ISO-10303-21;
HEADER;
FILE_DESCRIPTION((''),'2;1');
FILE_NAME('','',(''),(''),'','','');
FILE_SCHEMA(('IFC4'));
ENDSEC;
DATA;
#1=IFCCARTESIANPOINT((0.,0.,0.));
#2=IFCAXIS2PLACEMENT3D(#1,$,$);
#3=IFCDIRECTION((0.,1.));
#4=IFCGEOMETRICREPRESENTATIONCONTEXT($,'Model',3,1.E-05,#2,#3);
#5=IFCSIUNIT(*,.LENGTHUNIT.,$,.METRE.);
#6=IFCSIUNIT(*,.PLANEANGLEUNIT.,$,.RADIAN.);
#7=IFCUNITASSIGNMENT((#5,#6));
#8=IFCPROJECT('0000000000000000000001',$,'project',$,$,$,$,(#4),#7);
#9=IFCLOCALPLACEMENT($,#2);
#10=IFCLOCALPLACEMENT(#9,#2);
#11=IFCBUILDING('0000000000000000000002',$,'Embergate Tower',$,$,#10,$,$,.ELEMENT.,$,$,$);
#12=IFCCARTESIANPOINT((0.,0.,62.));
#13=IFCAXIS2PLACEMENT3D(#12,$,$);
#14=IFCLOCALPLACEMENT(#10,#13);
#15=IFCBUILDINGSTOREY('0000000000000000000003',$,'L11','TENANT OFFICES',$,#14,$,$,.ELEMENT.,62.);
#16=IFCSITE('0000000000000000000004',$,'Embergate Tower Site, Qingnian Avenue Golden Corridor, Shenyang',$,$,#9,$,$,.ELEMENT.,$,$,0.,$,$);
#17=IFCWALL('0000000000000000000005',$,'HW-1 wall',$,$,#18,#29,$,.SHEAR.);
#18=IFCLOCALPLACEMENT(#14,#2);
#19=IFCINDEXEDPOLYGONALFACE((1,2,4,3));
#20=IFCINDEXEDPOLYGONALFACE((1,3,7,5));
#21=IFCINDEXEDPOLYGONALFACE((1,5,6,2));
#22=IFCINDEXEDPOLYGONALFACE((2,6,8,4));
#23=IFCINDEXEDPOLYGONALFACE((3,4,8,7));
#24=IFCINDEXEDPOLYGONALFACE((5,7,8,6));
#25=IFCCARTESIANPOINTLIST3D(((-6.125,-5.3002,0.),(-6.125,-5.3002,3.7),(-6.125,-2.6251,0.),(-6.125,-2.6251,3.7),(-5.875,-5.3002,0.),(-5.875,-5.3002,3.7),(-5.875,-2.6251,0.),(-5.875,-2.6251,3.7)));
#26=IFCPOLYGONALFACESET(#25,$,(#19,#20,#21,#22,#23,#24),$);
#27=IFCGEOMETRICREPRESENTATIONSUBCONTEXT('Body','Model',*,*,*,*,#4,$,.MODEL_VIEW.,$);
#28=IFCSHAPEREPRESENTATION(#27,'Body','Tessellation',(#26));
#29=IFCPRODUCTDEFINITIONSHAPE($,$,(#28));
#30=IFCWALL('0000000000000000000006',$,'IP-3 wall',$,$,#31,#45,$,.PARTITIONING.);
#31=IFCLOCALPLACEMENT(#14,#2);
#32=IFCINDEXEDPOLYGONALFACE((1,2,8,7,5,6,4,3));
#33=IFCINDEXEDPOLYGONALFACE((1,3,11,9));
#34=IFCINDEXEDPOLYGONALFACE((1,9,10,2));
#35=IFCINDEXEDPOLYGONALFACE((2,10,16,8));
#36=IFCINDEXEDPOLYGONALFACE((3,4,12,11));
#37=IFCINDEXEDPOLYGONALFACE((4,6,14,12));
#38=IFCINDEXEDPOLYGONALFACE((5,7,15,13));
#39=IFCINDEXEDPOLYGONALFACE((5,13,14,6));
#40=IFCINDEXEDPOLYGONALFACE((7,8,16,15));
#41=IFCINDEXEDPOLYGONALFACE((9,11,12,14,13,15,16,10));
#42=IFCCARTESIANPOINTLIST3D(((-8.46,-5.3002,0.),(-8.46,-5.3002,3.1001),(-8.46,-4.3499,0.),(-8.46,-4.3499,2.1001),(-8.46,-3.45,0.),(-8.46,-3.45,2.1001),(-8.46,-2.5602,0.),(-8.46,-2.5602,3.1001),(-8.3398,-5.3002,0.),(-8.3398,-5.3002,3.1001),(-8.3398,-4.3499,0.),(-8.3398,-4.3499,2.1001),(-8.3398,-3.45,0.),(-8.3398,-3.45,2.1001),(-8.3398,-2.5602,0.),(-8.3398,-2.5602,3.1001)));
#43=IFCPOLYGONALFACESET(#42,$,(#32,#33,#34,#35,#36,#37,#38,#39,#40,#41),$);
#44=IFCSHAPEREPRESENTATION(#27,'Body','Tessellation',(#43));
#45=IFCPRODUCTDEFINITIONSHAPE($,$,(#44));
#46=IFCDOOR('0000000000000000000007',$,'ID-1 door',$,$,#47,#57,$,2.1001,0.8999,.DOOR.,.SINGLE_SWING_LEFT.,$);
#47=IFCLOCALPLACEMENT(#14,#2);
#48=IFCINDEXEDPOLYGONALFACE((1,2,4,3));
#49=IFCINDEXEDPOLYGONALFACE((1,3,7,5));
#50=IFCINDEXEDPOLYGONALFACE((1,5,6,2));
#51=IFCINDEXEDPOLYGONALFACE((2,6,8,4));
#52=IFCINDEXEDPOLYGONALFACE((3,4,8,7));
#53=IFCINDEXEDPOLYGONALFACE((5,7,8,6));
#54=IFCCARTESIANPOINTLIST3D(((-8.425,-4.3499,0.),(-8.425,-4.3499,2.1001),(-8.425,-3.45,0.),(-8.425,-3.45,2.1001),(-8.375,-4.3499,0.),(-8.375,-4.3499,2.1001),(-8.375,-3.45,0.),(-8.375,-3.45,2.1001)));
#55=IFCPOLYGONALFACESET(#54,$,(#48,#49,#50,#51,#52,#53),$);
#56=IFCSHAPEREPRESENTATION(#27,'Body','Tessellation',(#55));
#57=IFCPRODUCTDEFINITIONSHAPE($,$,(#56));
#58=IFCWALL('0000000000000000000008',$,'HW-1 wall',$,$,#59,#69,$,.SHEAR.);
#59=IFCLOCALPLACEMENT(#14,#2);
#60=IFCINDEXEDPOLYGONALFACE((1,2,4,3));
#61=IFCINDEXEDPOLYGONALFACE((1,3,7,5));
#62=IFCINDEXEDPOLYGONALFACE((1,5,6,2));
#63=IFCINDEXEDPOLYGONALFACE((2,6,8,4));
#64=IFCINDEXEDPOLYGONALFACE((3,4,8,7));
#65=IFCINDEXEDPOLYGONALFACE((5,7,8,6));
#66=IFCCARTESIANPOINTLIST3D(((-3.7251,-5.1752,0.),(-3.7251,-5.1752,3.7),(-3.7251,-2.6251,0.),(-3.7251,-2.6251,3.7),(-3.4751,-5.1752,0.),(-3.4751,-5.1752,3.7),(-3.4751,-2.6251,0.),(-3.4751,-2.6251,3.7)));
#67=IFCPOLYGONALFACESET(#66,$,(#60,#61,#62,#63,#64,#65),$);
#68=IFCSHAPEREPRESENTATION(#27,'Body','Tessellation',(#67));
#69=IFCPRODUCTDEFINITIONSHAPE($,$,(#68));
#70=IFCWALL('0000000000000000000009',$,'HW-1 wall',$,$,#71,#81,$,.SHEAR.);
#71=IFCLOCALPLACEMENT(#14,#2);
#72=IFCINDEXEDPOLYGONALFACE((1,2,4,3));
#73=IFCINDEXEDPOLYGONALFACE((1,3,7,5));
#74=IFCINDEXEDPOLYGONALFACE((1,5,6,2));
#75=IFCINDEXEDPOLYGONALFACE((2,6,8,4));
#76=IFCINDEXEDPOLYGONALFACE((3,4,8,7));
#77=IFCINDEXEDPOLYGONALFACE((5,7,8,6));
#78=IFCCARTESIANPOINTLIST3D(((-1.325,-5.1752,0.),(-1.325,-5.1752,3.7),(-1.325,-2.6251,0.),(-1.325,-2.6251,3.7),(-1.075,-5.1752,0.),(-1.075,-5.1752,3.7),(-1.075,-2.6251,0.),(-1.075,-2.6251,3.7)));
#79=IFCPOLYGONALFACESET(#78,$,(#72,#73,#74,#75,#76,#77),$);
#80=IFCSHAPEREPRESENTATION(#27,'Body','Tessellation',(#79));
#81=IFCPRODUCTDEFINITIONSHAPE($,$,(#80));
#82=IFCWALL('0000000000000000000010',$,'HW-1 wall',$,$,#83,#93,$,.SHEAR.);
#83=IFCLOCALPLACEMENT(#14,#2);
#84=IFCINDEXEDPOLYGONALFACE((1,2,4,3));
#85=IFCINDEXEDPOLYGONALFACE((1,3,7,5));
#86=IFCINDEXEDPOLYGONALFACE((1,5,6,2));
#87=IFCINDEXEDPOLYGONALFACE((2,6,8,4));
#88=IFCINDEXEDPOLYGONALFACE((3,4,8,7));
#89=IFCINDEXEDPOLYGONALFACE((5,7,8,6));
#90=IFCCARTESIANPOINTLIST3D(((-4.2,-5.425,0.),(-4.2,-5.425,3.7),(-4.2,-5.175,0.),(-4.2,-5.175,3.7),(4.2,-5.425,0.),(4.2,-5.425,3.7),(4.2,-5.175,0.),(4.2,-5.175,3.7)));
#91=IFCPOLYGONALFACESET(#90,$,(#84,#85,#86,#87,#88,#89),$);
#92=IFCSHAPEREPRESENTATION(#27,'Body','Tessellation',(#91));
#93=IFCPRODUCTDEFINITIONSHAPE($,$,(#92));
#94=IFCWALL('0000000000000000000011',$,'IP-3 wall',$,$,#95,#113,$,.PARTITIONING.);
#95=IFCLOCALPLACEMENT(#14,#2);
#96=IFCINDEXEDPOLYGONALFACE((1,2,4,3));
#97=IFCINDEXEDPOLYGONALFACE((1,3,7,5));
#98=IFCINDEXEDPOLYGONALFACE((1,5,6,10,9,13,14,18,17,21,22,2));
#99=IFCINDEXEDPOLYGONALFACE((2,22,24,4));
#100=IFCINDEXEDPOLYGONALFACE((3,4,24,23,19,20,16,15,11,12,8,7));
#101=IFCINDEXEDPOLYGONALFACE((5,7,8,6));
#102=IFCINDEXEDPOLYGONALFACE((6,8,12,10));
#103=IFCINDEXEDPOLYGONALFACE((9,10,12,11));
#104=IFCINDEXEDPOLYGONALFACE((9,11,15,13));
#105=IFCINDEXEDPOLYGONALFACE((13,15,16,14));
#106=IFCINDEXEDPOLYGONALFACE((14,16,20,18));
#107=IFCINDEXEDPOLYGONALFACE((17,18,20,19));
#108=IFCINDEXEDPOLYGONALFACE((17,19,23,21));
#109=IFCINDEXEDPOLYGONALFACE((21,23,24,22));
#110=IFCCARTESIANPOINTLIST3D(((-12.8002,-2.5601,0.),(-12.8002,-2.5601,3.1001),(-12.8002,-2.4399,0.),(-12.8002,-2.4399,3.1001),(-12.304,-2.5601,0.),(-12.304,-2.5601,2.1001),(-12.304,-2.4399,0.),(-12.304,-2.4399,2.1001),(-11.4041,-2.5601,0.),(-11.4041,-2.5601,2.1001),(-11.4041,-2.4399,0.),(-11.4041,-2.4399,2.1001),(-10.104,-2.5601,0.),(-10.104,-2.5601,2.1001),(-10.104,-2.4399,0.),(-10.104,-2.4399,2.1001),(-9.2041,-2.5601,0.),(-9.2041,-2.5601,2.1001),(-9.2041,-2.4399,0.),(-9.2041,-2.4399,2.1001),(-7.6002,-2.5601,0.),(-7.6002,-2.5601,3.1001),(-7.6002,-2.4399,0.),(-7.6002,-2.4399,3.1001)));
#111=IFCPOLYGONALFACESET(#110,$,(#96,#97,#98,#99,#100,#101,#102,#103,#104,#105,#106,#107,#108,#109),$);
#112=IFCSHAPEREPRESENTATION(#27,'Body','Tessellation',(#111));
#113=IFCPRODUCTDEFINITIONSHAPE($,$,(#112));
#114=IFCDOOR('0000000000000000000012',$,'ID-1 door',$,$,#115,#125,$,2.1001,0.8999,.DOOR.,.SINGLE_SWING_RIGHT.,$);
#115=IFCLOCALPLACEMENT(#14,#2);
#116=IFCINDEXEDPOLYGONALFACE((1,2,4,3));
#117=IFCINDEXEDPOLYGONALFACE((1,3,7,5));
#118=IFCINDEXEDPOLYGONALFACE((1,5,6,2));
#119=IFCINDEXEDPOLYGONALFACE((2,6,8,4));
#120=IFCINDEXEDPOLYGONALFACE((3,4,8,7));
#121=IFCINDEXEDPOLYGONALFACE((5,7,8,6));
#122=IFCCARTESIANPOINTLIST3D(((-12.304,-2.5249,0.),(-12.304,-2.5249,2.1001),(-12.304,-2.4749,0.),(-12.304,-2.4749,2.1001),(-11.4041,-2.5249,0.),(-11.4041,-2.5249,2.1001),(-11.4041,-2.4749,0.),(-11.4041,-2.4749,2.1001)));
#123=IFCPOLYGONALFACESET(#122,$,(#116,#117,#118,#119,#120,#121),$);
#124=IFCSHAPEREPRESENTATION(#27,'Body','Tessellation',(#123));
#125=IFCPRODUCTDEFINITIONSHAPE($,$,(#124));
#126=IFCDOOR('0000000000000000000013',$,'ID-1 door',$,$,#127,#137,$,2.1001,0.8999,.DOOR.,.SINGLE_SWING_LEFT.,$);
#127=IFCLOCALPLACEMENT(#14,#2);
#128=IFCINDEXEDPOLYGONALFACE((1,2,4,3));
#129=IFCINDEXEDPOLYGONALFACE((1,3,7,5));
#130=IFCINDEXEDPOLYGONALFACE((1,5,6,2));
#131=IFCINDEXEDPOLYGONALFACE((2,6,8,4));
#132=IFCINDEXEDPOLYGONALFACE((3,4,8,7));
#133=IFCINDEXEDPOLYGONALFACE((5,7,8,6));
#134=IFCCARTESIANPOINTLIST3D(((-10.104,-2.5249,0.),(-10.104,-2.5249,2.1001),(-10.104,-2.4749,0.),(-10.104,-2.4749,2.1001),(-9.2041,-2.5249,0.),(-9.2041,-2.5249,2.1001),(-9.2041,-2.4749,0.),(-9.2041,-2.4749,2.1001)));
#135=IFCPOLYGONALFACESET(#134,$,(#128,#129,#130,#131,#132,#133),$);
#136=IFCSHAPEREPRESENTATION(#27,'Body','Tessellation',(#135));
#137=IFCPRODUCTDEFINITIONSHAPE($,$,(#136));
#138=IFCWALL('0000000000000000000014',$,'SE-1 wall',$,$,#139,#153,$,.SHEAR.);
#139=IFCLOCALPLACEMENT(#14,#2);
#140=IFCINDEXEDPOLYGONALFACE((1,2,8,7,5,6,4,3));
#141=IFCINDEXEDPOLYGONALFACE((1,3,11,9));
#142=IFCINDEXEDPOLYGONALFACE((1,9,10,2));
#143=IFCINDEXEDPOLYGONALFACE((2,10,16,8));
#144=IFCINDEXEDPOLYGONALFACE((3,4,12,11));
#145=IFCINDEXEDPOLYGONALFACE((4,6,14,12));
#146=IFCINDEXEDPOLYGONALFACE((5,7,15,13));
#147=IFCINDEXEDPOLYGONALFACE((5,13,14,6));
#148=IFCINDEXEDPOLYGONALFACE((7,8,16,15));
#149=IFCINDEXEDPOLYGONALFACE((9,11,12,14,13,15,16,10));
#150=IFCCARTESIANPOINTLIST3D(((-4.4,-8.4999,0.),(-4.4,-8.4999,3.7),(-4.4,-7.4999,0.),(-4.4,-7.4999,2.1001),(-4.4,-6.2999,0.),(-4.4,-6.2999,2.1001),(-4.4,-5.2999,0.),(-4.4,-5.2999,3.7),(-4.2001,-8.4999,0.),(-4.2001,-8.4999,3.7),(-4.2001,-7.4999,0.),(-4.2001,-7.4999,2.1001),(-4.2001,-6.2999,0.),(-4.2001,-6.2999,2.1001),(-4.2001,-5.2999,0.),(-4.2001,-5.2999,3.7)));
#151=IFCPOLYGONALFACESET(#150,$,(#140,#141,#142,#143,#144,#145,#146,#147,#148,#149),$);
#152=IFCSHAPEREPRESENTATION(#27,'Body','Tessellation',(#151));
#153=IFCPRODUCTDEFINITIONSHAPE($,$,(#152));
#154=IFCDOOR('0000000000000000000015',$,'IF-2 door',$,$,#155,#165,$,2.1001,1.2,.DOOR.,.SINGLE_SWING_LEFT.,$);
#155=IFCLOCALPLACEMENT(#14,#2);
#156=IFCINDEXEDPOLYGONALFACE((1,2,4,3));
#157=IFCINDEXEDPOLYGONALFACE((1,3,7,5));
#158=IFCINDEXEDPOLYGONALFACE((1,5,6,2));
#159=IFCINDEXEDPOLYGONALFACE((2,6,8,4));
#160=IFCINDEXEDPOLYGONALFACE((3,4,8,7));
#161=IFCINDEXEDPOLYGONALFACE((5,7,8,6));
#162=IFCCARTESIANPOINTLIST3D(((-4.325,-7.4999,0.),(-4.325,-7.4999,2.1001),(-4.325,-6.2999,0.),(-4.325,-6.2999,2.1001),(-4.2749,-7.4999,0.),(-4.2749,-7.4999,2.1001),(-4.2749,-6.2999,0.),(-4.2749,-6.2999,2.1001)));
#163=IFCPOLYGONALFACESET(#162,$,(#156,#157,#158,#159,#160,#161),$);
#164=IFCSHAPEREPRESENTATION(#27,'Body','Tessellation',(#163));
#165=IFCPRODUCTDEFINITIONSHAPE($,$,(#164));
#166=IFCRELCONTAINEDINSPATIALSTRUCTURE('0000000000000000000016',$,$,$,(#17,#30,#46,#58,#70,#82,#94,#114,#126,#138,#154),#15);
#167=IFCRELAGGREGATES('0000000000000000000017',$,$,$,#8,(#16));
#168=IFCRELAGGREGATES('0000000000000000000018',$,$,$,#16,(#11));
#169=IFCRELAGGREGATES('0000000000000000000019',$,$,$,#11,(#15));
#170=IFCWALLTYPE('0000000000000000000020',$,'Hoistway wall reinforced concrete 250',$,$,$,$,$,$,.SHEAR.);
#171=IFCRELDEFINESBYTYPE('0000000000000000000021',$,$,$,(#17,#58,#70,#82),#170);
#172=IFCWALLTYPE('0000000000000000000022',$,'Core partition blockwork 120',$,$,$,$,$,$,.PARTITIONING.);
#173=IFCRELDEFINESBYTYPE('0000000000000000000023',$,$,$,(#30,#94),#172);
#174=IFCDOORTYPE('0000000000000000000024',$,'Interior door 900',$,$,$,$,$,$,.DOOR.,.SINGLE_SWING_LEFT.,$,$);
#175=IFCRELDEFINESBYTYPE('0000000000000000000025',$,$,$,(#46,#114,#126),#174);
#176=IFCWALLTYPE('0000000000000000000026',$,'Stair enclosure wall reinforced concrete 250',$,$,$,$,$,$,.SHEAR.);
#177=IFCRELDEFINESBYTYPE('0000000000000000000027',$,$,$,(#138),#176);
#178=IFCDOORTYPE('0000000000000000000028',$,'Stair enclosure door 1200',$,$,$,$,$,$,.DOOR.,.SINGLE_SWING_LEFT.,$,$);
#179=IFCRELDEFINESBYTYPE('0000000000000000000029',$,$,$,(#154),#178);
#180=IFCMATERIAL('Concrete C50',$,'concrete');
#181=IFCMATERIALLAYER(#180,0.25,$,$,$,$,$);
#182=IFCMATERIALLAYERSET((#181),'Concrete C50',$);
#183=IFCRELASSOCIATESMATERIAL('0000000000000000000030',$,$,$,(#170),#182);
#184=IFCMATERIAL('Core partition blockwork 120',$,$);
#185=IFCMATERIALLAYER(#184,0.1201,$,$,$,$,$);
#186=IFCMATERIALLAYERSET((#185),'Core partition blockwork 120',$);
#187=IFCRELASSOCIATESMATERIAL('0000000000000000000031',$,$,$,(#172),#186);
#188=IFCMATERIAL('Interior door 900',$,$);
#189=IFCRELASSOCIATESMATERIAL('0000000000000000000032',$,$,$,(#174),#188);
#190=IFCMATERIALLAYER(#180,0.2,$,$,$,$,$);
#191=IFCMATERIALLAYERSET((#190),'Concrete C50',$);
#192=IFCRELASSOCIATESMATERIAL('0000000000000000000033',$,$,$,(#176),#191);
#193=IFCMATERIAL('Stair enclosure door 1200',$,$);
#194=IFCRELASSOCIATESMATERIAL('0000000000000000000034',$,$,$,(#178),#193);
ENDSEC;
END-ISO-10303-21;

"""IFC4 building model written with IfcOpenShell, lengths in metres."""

from ifc_helpers import new_model, si_unit, direction, frame, frame_2d, origin, place, context, subcontext, project, spatial, rectangle, extrude, source, transform, mapped, material, layer, layer_set, type_object, element, fill, save


model = new_model("IFC4")

# Units and contexts
model_context = context("Model", 3, precision=1e-05, world=origin(), true_north=direction((0.0, 1.0)))
body_context = subcontext(model_context, "Body", "Model", "MODEL_VIEW")
ifc_project = project(units=[si_unit("LENGTHUNIT", "METRE"), si_unit("PLANEANGLEUNIT", "RADIAN")], contexts=[model_context])

# Site, building, storey
site_placement = place(None, origin())
site = spatial("IfcSite", under=ifc_project, at=site_placement, Name="Embergate Tower Site, Qingnian Avenue Golden Corridor, Shenyang", CompositionType="ELEMENT", RefElevation=0.0)
building_placement = place(site_placement, origin())
building = spatial("IfcBuilding", under=site, at=building_placement, Name="Embergate Tower", CompositionType="ELEMENT")
storey_placement = place(building_placement, frame((0.0, 0.0, 62.0)))
storey = spatial("IfcBuildingStorey", under=building, at=storey_placement, Name="L11", Description="TENANT OFFICES", CompositionType="ELEMENT", Elevation=62.0)

# Wall
ifc_material_1 = material(Name="Concrete C50", Category="concrete")
ifc_layer_1 = layer(ifc_material_1, 0.25)
ifc_layer_set_1 = layer_set([ifc_layer_1], Name="Concrete C50")
wall_type_1 = type_object("IfcWallType", Name="Hoistway wall reinforced concrete 250", PredefinedType="SHEAR", material=ifc_layer_set_1)
shared_shape_1 = source(origin(), body_context, "Body", "SweptSolid", [
    extrude(rectangle(XDim=2.675, YDim=0.25, at=frame_2d((1.3374, 0.0))), origin(), (0.0, 0.0, 1.0), 3.7),
])
wall_1_placement = place(storey_placement, frame((-6.0, -5.3, 0.0), z_axis=(0.0, 0.0, 1.0), x_axis=(0.0, 1.0, 0.0)))
element("IfcWall", 1, at=wall_1_placement, inside=storey, type_object=wall_type_1, Name="HW-1 wall", PredefinedType="SHEAR", context=body_context, shape_type="MappedRepresentation", body=[
    mapped(shared_shape_1, transform((0.0, 0.0, 0.0))),
])

# Wall, opening, door
ifc_material_2 = material(Name="Core partition blockwork 120")
ifc_layer_2 = layer(ifc_material_2, 0.1201)
ifc_layer_set_2 = layer_set([ifc_layer_2], Name="Core partition blockwork 120")
wall_type_2 = type_object("IfcWallType", Name="Core partition blockwork 120", PredefinedType="PARTITIONING", material=ifc_layer_set_2)
shared_shape_2 = source(origin(), body_context, "Body", "SweptSolid", [
    extrude(rectangle(XDim=2.74, YDim=0.1201, at=frame_2d((1.3701, 0.0))), origin(), (0.0, 0.0, 1.0), 3.1001),
])
wall_2_placement = place(storey_placement, frame((-8.3999, -2.5601, 0.0), z_axis=(0.0, 0.0, 1.0), x_axis=(0.0, -1.0, 0.0)))
wall_2 = element("IfcWall", 2, at=wall_2_placement, inside=storey, type_object=wall_type_2, Name="IP-3 wall", PredefinedType="PARTITIONING", context=body_context, shape_type="MappedRepresentation", body=[
    mapped(shared_shape_2, transform((0.0, 0.0, 0.0))),
])
shared_shape_3 = source(origin(), body_context, "Body", "SweptSolid", [
    extrude(rectangle(XDim=0.8999, YDim=2.1001, at=frame_2d((0.45, 1.05))), frame((0.0, 0.0701, 0.0), z_axis=(0.0, -1.0, 0.0), x_axis=(1.0, 0.0, 0.0)), (0.0, 0.0, 1.0), 0.1401),
])
opening_1_placement = place(wall_2_placement, frame((0.8899, 0.0, 0.0)))
opening_1 = element("IfcOpeningElement", 3, at=opening_1_placement, cuts=wall_2, PredefinedType="OPENING", context=body_context, shape_type="MappedRepresentation", body=[
    mapped(shared_shape_3, transform((0.0, 0.0, 0.0))),
])
ifc_material_3 = material(Name="Interior door 900")
door_type_1 = type_object("IfcDoorType", Name="Interior door 900", OperationType="SINGLE_SWING_LEFT", PredefinedType="DOOR", material=ifc_material_3)
shared_shape_4 = source(origin(), body_context, "Body", "SweptSolid", [
    extrude(rectangle(XDim=0.8999, YDim=2.1001, at=frame_2d((0.45, 1.05))), frame((0.0, 0.0249, 0.0), z_axis=(0.0, -1.0, 0.0), x_axis=(1.0, 0.0, 0.0)), (0.0, 0.0, 1.0), 0.05),
])
door_1_placement = place(opening_1_placement, origin())
door_1 = element("IfcDoor", 4, at=door_1_placement, inside=storey, type_object=door_type_1, Name="ID-1 door", OperationType="SINGLE_SWING_LEFT", OverallHeight=2.1001, OverallWidth=0.8999, PredefinedType="DOOR", context=body_context, shape_type="MappedRepresentation", body=[
    mapped(shared_shape_4, transform((0.0, 0.0, 0.0))),
])
fill(opening_1, door_1)

# Walls
shared_shape_5 = source(origin(), body_context, "Body", "SweptSolid", [
    extrude(rectangle(XDim=2.55, YDim=0.25, at=frame_2d((1.2749, 0.0))), origin(), (0.0, 0.0, 1.0), 3.7),
])
for number, where, z_axis, x_axis, name in (
    (5, (-3.6001, -5.175, 0.0), (0.0, 0.0, 1.0), (0.0, 1.0, 0.0), "HW-1 wall"),
    (6, (-1.2, -5.175, 0.0), (0.0, 0.0, 1.0), (0.0, 1.0, 0.0), "HW-1 wall"),
):
    element("IfcWall", number, at=place(storey_placement, frame(where, z_axis=z_axis, x_axis=x_axis)), inside=storey, type_object=wall_type_1, Name=name, PredefinedType="SHEAR", context=body_context, shape_type="MappedRepresentation", body=[
        mapped(shared_shape_5, transform((0.0, 0.0, 0.0))),
    ])
shared_shape_6 = source(origin(), body_context, "Body", "SweptSolid", [
    extrude(rectangle(XDim=8.3999, YDim=0.25, at=frame_2d((4.2, 0.0))), origin(), (0.0, 0.0, 1.0), 3.7),
])
wall_3_placement = place(storey_placement, frame((-4.2, -5.3, 0.0), z_axis=(0.0, 0.0, 1.0), x_axis=(1.0, 0.0, 0.0)))
element("IfcWall", 7, at=wall_3_placement, inside=storey, type_object=wall_type_1, Name="HW-1 wall", PredefinedType="SHEAR", context=body_context, shape_type="MappedRepresentation", body=[
    mapped(shared_shape_6, transform((0.0, 0.0, 0.0))),
])

# Wall, openings, doors
shared_shape_7 = source(origin(), body_context, "Body", "SweptSolid", [
    extrude(rectangle(XDim=5.2, YDim=0.1201, at=frame_2d((2.6001, 0.0))), origin(), (0.0, 0.0, 1.0), 3.1001),
])
wall_4_placement = place(storey_placement, frame((-7.6001, -2.5, 0.0), z_axis=(0.0, 0.0, 1.0), x_axis=(-1.0, 0.0, 0.0)))
wall_4 = element("IfcWall", 8, at=wall_4_placement, inside=storey, type_object=wall_type_2, Name="IP-3 wall", PredefinedType="PARTITIONING", context=body_context, shape_type="MappedRepresentation", body=[
    mapped(shared_shape_7, transform((0.0, 0.0, 0.0))),
])
opening_2_placement = place(wall_4_placement, frame((3.804, 0.0, 0.0)))
opening_2 = element("IfcOpeningElement", 9, at=opening_2_placement, cuts=wall_4, PredefinedType="OPENING", context=body_context, shape_type="MappedRepresentation", body=[
    mapped(shared_shape_3, transform((0.0, 0.0, 0.0))),
])
opening_3_placement = place(wall_4_placement, frame((1.604, 0.0, 0.0)))
opening_3 = element("IfcOpeningElement", 10, at=opening_3_placement, cuts=wall_4, PredefinedType="OPENING", context=body_context, shape_type="MappedRepresentation", body=[
    mapped(shared_shape_3, transform((0.0, 0.0, 0.0))),
])
door_2_placement = place(opening_2_placement, origin())
door_2 = element("IfcDoor", 11, at=door_2_placement, inside=storey, type_object=door_type_1, Name="ID-1 door", OperationType="SINGLE_SWING_RIGHT", OverallHeight=2.1001, OverallWidth=0.8999, PredefinedType="DOOR", context=body_context, shape_type="MappedRepresentation", body=[
    mapped(shared_shape_4, transform((0.0, 0.0, 0.0))),
])
fill(opening_2, door_2)
door_3_placement = place(opening_3_placement, origin())
door_3 = element("IfcDoor", 12, at=door_3_placement, inside=storey, type_object=door_type_1, Name="ID-1 door", OperationType="SINGLE_SWING_LEFT", OverallHeight=2.1001, OverallWidth=0.8999, PredefinedType="DOOR", context=body_context, shape_type="MappedRepresentation", body=[
    mapped(shared_shape_4, transform((0.0, 0.0, 0.0))),
])
fill(opening_3, door_3)

# Wall, opening, door
ifc_layer_3 = layer(ifc_material_1, 0.2)
ifc_layer_set_3 = layer_set([ifc_layer_3], Name="Concrete C50")
wall_type_3 = type_object("IfcWallType", Name="Stair enclosure wall reinforced concrete 250", PredefinedType="SHEAR", material=ifc_layer_set_3)
shared_shape_8 = source(origin(), body_context, "Body", "SweptSolid", [
    extrude(rectangle(XDim=3.2, YDim=0.2, at=frame_2d((1.6001, 0.0))), origin(), (0.0, 0.0, 1.0), 3.7),
])
wall_5_placement = place(storey_placement, frame((-4.3, -8.5, 0.0), z_axis=(0.0, 0.0, 1.0), x_axis=(0.0, 1.0, 0.0)))
wall_5 = element("IfcWall", 13, at=wall_5_placement, inside=storey, type_object=wall_type_3, Name="SE-1 wall", PredefinedType="SHEAR", context=body_context, shape_type="MappedRepresentation", body=[
    mapped(shared_shape_8, transform((0.0, 0.0, 0.0))),
])
shared_shape_9 = source(origin(), body_context, "Body", "SweptSolid", [
    extrude(rectangle(XDim=1.2, YDim=2.1001, at=frame_2d((0.6001, 1.05))), frame((0.0, 0.1099, 0.0), z_axis=(0.0, -1.0, 0.0), x_axis=(1.0, 0.0, 0.0)), (0.0, 0.0, 1.0), 0.22),
])
opening_4_placement = place(wall_5_placement, frame((1.0, 0.0, 0.0)))
opening_4 = element("IfcOpeningElement", 14, at=opening_4_placement, cuts=wall_5, PredefinedType="OPENING", context=body_context, shape_type="MappedRepresentation", body=[
    mapped(shared_shape_9, transform((0.0, 0.0, 0.0))),
])
ifc_material_4 = material(Name="Stair enclosure door 1200")
door_type_2 = type_object("IfcDoorType", Name="Stair enclosure door 1200", OperationType="SINGLE_SWING_LEFT", PredefinedType="DOOR", material=ifc_material_4)
shared_shape_10 = source(origin(), body_context, "Body", "SweptSolid", [
    extrude(rectangle(XDim=1.2, YDim=2.1001, at=frame_2d((0.6001, 1.05))), frame((0.0, 0.0249, 0.0), z_axis=(0.0, -1.0, 0.0), x_axis=(1.0, 0.0, 0.0)), (0.0, 0.0, 1.0), 0.05),
])
door_4_placement = place(opening_4_placement, origin())
door_4 = element("IfcDoor", 15, at=door_4_placement, inside=storey, type_object=door_type_2, Name="IF-2 door", OperationType="SINGLE_SWING_LEFT", OverallHeight=2.1001, OverallWidth=1.2, PredefinedType="DOOR", context=body_context, shape_type="MappedRepresentation", body=[
    mapped(shared_shape_10, transform((0.0, 0.0, 0.0))),
])
fill(opening_4, door_4)

save(model, "model.ifc")
